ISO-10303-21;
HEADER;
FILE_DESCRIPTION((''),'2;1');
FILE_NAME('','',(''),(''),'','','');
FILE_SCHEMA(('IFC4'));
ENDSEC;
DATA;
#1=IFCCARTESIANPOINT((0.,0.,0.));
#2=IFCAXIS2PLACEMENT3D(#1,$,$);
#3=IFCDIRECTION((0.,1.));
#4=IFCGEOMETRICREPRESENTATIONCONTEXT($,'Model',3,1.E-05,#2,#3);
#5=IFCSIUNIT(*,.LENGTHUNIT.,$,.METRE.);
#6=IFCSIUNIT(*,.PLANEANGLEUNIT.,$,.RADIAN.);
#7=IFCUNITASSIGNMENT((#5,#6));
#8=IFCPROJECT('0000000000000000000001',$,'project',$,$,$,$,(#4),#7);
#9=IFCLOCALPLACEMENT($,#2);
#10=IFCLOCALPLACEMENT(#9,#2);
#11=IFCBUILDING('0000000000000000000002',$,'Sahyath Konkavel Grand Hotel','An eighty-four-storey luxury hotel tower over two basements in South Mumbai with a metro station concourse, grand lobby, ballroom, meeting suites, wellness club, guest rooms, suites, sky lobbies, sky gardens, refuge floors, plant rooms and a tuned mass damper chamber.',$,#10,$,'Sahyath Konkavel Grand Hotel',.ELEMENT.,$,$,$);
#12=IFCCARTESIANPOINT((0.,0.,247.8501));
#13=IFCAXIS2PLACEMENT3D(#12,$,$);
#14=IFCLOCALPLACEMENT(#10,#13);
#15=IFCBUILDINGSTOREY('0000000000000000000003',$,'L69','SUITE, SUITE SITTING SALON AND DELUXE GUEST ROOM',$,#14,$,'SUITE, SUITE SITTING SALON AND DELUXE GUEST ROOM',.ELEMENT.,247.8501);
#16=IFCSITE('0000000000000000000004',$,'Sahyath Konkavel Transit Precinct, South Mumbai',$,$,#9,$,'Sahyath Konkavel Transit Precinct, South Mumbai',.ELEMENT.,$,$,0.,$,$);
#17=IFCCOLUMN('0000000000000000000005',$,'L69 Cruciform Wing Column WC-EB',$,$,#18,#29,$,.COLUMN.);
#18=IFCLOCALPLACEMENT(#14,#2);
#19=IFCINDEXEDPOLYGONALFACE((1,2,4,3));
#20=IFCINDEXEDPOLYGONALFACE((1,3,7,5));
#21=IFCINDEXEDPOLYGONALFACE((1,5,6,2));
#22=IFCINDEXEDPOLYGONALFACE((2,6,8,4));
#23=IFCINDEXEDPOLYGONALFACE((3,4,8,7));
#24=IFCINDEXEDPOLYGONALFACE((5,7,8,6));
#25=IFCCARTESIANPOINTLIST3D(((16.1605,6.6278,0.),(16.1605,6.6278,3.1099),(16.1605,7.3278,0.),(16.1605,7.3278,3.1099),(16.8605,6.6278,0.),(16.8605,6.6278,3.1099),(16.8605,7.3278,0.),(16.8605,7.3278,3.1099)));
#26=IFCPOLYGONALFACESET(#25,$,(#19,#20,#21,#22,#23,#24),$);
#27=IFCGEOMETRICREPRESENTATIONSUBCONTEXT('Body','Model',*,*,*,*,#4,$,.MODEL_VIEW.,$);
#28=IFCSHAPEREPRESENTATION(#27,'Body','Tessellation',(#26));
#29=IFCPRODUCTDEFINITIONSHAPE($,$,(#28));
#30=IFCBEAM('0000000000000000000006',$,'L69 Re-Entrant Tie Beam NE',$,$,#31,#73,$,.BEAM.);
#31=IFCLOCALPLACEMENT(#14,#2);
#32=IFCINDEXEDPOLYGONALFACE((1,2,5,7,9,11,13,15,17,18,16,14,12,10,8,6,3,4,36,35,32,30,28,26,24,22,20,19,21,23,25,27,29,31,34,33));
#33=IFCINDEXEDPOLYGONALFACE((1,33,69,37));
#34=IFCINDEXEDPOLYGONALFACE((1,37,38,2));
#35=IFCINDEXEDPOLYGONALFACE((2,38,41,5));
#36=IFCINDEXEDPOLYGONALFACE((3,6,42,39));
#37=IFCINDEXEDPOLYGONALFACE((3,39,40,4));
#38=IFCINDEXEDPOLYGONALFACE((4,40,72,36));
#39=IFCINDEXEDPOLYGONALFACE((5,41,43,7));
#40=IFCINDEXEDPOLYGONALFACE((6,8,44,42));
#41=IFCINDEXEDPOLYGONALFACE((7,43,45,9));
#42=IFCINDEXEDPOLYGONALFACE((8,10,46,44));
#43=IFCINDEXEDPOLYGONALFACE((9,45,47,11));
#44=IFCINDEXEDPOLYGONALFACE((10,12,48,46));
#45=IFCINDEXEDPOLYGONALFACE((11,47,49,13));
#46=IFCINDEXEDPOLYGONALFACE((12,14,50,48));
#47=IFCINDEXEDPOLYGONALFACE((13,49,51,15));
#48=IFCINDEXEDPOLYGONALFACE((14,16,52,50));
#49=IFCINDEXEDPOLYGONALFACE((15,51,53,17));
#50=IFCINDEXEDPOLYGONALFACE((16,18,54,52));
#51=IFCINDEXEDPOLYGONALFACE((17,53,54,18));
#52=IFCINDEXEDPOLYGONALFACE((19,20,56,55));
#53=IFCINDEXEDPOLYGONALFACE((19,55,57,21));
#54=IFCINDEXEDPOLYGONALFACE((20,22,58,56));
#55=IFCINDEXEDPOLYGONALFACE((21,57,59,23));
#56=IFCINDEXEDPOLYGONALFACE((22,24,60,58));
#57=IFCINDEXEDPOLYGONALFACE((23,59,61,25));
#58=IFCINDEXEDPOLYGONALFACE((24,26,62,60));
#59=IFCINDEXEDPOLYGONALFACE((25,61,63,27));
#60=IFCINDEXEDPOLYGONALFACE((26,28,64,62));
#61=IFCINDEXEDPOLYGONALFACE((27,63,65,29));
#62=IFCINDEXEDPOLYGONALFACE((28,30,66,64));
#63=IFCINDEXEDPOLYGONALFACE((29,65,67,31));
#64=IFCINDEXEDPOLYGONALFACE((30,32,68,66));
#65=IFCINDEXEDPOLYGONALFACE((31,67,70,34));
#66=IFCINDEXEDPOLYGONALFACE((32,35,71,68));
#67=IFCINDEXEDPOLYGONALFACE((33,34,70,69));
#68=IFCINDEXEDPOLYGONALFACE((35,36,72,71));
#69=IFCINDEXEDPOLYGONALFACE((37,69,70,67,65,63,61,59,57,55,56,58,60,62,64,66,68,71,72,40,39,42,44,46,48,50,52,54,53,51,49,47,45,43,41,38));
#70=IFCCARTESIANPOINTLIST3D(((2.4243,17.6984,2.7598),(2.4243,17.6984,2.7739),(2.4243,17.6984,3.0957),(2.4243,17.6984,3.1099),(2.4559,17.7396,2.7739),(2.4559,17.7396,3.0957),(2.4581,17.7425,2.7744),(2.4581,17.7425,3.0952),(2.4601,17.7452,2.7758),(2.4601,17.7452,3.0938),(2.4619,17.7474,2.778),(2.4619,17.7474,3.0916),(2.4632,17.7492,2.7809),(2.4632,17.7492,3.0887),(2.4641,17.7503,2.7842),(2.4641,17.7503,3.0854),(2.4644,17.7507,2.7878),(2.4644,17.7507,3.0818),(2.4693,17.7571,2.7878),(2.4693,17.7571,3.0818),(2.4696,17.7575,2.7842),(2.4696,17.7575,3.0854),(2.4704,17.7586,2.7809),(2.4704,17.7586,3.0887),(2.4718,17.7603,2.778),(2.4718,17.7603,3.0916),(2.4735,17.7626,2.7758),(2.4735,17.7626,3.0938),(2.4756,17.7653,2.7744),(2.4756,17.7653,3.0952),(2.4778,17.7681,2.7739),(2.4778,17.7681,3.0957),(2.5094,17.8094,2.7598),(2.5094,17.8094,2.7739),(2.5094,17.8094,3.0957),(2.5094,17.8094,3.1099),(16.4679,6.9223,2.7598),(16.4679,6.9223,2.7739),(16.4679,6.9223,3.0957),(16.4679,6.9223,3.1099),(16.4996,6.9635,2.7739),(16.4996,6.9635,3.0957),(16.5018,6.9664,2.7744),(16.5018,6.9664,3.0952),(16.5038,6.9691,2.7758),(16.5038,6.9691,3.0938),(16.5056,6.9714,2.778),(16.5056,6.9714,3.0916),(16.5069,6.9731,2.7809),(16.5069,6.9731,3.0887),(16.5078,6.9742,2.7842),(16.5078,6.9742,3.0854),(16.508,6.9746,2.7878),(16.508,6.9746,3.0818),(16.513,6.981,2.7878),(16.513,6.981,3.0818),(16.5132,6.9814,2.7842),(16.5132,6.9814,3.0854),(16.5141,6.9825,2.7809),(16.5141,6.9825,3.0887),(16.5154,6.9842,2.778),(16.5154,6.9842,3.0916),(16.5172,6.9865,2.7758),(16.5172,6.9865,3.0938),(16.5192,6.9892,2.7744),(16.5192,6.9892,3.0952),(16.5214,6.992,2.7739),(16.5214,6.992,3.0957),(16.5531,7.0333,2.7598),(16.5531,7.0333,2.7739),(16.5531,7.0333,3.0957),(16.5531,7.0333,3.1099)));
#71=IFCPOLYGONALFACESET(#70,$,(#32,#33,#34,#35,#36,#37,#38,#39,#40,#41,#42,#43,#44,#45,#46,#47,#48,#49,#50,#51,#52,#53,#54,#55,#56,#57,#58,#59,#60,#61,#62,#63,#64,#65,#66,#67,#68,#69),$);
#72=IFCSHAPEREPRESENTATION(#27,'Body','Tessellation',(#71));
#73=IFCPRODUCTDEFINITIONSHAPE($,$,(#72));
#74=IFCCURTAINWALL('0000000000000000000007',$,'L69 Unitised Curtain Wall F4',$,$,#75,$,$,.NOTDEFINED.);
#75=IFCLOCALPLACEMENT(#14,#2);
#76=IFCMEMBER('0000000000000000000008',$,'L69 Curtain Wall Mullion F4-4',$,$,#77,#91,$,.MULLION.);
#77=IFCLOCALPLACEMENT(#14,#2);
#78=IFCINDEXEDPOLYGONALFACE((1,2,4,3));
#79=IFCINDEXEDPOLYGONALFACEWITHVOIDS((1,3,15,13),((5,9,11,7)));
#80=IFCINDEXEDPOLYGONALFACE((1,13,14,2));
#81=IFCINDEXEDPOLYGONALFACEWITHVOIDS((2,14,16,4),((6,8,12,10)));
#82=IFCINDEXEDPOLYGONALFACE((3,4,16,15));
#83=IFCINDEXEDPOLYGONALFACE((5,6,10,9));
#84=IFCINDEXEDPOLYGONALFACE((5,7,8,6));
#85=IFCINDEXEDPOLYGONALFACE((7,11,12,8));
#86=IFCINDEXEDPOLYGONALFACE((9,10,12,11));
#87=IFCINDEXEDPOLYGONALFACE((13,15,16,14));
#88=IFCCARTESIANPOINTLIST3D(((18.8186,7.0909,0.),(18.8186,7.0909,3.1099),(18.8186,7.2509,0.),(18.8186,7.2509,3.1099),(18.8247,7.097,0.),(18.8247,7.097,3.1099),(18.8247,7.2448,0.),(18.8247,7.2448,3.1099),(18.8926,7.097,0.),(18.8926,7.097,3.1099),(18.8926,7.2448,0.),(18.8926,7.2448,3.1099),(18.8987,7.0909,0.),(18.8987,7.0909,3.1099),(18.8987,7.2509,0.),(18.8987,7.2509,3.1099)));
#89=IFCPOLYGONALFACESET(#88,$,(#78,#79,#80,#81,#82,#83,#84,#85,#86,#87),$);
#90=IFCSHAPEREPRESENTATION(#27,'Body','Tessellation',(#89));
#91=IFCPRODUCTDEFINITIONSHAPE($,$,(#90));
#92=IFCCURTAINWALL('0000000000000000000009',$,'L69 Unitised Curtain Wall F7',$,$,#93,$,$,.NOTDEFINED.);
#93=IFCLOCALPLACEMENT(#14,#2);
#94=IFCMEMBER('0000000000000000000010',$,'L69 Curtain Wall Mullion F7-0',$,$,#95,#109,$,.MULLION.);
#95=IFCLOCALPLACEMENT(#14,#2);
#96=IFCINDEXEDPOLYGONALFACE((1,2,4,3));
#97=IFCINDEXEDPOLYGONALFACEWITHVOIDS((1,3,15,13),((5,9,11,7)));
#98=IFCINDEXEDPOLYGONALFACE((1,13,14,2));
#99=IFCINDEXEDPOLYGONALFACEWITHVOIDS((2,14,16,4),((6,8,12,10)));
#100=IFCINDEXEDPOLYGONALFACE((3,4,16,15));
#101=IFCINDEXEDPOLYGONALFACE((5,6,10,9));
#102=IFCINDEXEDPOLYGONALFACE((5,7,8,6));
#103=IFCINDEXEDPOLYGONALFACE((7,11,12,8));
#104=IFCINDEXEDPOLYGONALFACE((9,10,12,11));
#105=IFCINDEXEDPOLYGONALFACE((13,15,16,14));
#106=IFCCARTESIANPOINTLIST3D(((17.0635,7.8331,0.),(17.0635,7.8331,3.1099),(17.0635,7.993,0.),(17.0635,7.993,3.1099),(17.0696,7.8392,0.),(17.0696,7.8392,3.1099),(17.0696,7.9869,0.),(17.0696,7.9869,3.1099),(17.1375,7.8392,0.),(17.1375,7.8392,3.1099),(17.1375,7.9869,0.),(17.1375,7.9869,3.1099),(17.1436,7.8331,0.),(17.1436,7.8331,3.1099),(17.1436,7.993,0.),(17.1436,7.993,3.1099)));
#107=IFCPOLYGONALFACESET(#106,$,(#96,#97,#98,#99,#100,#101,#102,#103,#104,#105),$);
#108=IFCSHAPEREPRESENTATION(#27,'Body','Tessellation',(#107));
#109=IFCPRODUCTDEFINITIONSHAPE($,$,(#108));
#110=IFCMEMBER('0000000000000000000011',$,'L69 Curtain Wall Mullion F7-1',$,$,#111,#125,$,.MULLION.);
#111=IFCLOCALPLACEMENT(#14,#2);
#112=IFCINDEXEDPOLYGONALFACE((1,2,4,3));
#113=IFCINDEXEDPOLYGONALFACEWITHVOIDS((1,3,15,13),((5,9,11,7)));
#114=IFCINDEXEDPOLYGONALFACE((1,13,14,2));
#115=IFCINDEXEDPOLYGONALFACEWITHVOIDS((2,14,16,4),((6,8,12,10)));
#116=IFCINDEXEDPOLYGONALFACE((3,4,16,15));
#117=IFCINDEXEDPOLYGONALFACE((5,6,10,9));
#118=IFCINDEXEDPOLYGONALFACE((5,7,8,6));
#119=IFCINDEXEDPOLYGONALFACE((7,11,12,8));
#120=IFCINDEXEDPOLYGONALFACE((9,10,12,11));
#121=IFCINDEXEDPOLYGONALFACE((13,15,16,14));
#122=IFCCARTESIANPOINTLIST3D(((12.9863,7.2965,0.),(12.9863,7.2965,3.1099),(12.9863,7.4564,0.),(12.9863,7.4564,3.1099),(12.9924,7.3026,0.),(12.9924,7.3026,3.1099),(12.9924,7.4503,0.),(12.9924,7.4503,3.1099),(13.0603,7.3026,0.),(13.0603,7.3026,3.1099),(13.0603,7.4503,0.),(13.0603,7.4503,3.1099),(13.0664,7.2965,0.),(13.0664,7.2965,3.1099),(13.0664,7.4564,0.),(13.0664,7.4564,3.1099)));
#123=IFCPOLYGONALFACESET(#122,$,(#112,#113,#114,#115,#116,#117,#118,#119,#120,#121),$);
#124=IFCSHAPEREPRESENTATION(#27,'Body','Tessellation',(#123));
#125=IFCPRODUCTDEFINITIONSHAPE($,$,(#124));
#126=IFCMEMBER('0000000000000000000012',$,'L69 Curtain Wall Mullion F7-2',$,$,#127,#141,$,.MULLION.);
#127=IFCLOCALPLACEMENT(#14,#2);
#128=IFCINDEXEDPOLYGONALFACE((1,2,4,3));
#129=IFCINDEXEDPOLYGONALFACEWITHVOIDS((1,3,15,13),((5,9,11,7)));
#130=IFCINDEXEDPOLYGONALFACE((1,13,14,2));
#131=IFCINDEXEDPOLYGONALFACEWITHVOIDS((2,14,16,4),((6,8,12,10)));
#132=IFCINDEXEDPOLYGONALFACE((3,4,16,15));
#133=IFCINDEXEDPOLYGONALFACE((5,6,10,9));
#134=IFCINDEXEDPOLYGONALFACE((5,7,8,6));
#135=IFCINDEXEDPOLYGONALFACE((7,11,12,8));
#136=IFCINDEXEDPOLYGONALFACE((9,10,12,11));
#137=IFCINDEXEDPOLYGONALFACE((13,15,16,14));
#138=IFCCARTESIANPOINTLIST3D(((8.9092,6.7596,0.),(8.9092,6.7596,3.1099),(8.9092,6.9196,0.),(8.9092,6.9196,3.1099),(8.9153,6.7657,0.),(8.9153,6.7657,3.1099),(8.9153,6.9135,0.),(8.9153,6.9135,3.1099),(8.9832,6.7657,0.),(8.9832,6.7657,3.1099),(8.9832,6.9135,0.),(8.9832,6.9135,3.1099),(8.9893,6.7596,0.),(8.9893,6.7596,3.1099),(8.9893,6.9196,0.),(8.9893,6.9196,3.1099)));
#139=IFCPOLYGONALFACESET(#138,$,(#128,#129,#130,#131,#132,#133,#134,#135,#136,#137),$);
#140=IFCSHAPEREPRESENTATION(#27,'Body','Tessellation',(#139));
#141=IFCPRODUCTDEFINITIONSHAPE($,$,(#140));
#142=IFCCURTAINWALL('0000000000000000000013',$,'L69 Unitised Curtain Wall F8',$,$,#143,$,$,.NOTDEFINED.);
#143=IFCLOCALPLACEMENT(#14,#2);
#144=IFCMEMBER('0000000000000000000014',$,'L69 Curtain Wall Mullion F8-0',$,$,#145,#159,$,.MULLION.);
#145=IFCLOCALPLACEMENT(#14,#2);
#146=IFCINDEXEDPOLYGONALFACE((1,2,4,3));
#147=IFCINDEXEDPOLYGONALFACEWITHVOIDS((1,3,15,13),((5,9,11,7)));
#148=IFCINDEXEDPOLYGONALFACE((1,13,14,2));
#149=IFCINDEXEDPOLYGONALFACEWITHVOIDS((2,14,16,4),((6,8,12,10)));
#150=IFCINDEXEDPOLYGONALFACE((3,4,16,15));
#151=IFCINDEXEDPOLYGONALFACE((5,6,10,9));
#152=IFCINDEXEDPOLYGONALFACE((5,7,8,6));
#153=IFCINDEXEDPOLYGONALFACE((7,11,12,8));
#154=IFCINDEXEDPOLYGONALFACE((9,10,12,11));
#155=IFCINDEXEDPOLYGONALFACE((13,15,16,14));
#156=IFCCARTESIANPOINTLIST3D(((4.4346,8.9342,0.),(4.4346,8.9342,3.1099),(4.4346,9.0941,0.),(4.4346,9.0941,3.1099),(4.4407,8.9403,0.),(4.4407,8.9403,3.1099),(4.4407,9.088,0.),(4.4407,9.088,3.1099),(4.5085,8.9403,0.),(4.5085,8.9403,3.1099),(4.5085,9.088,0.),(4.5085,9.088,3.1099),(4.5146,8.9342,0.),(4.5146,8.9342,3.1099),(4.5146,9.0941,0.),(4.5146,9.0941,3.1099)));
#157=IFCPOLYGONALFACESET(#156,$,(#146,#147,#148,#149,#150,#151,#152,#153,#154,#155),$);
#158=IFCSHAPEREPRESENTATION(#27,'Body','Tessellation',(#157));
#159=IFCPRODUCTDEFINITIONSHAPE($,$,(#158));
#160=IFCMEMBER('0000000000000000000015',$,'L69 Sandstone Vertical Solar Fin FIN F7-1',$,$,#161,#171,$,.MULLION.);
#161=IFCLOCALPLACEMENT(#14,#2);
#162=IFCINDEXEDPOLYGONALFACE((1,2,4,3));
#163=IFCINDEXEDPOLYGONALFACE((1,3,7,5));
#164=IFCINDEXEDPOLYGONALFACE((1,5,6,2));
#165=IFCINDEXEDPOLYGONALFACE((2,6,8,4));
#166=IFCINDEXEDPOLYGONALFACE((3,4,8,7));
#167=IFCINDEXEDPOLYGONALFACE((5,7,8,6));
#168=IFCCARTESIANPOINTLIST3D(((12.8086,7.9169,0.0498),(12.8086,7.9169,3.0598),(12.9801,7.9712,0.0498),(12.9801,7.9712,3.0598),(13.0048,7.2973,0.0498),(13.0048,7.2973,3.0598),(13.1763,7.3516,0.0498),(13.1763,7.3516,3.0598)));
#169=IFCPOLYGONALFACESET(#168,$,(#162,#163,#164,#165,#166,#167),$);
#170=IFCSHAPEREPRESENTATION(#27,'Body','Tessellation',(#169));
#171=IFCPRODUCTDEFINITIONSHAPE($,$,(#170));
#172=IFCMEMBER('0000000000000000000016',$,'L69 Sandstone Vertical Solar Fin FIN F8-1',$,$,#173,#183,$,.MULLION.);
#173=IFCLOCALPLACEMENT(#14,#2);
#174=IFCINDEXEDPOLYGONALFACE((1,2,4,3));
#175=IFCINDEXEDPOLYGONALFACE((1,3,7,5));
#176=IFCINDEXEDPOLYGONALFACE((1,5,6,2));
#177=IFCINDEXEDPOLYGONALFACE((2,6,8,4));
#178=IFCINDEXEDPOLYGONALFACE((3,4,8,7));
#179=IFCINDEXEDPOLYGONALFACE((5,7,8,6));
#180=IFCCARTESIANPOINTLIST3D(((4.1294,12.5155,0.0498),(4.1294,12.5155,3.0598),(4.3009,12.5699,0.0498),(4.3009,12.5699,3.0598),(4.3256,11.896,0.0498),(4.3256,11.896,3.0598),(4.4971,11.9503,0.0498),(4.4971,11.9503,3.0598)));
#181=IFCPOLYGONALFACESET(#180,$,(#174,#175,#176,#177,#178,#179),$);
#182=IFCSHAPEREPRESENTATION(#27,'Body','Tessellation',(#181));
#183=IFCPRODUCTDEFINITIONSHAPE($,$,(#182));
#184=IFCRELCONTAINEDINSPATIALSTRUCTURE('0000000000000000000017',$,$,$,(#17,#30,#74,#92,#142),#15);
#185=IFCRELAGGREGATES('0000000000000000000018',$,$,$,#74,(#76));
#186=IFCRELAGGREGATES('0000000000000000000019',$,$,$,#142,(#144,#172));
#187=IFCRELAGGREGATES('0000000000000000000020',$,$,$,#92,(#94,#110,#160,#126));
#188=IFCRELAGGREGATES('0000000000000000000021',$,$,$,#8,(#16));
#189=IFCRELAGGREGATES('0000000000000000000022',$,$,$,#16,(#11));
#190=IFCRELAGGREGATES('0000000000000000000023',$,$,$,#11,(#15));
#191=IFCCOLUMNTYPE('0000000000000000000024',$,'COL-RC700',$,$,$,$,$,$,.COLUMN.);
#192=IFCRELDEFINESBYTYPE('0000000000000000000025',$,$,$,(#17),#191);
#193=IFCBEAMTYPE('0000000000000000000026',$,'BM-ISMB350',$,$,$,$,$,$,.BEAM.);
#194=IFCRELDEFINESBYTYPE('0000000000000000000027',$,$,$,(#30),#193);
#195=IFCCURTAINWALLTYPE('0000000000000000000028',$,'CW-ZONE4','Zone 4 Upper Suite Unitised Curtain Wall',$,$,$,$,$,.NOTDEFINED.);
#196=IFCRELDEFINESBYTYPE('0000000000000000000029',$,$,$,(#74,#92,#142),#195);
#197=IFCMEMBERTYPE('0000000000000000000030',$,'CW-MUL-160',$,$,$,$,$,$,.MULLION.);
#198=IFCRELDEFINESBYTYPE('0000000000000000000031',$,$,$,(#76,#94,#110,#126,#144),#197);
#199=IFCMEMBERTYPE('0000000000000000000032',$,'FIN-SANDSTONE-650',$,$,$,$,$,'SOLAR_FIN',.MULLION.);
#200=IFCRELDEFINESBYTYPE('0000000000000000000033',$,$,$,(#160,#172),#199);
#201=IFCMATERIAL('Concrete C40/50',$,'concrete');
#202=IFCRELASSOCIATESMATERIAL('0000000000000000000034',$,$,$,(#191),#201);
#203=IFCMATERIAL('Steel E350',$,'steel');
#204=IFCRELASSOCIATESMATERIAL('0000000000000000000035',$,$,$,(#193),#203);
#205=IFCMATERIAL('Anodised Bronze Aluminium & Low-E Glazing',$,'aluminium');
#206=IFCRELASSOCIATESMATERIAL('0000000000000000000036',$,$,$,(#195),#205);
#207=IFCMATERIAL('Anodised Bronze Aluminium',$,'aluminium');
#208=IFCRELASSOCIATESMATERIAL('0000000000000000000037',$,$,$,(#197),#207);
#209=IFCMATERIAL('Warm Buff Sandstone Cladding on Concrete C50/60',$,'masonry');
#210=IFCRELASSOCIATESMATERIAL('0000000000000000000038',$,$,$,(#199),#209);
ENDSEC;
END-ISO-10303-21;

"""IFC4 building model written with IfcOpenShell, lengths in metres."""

from ifc_helpers import new_model, si_unit, direction, frame, origin, origin_2d, place, context, subcontext, project, spatial, rectangle, hollow_rectangle, i_section, extrude, source, transform, mapped, material, material_profile, profile_set, type_object, element, aggregate, save


model = new_model("IFC4")

# Units and contexts
model_context = context("Model", 3, precision=1e-05, world=origin(), true_north=direction((0.0, 1.0)))
body_context = subcontext(model_context, "Body", "Model", "MODEL_VIEW")
ifc_project = project(units=[si_unit("LENGTHUNIT", "METRE"), si_unit("PLANEANGLEUNIT", "RADIAN")], contexts=[model_context])

# Site, building, storey
site_placement = place(None, origin())
site = spatial("IfcSite", under=ifc_project, at=site_placement, Name="Sahyath Konkavel Transit Precinct, South Mumbai", LongName="Sahyath Konkavel Transit Precinct, South Mumbai", CompositionType="ELEMENT", RefElevation=0.0)
building_placement = place(site_placement, origin())
building = spatial("IfcBuilding", under=site, at=building_placement, Name="Sahyath Konkavel Grand Hotel", Description="An eighty-four-storey luxury hotel tower over two basements in South Mumbai with a metro station concourse, grand lobby, ballroom, meeting suites, wellness club, guest rooms, suites, sky lobbies, sky gardens, refuge floors, plant rooms and a tuned mass damper chamber.", LongName="Sahyath Konkavel Grand Hotel", CompositionType="ELEMENT")
storey_placement = place(building_placement, frame((0.0, 0.0, 247.8501)))
storey = spatial("IfcBuildingStorey", under=building, at=storey_placement, Name="L69", Description="SUITE, SUITE SITTING SALON AND DELUXE GUEST ROOM", LongName="SUITE, SUITE SITTING SALON AND DELUXE GUEST ROOM", CompositionType="ELEMENT", Elevation=247.8501)

# Column
ifc_material_1 = material(Name="Concrete C40/50", Category="concrete")
ifc_material_profile_1 = material_profile(ifc_material_1, rectangle(XDim=0.7, YDim=0.7, at=origin_2d()), Name="RC 700x700")
ifc_profile_set_1 = profile_set([ifc_material_profile_1], Name="Concrete C40/50")
column_type = type_object("IfcColumnType", Name="COL-RC700", PredefinedType="COLUMN", material=ifc_profile_set_1)
shared_shape_1 = source(origin(), body_context, "Body", "SweptSolid", [
    extrude(rectangle(XDim=0.7, YDim=0.7, at=origin_2d()), origin(), (0.0, 0.0, 1.0), 3.1099),
])
column_placement = place(storey_placement, frame((16.5105, 6.9778, 0.0), z_axis=(0.0, 0.0, 1.0), x_axis=(1.0, 0.0, 0.0)))
element("IfcColumn", 1, at=column_placement, inside=storey, type_object=column_type, Name="L69 Cruciform Wing Column WC-EB", PredefinedType="COLUMN", context=body_context, shape_type="MappedRepresentation", body=[
    mapped(shared_shape_1, transform((0.0, 0.0, 0.0), scale=1.0)),
])

# Beam
ifc_material_2 = material(Name="Steel E350", Category="steel")
ifc_material_profile_2 = material_profile(ifc_material_2, i_section(OverallWidth=0.1399, OverallDepth=0.3501, WebThickness=0.0081, FlangeThickness=0.0142, FilletRadius=0.0139, at=origin_2d()), Name="ISMB 350")
ifc_profile_set_2 = profile_set([ifc_material_profile_2], Name="Steel E350")
beam_type = type_object("IfcBeamType", Name="BM-ISMB350", PredefinedType="BEAM", material=ifc_profile_set_2)
shared_shape_2 = source(origin(), body_context, "Body", "SweptSolid", [
    extrude(i_section(OverallWidth=0.1399, OverallDepth=0.3501, WebThickness=0.0081, FlangeThickness=0.0142, FilletRadius=0.0139, at=origin_2d()), origin(), (0.0, 0.0, 1.0), 17.7017),
])
beam_placement = place(storey_placement, frame((16.5105, 6.9778, 2.9348), z_axis=(-0.793353, 0.608762, 0.0), x_axis=(-0.608762, -0.793353, 0.0)))
element("IfcBeam", 2, at=beam_placement, inside=storey, type_object=beam_type, Name="L69 Re-Entrant Tie Beam NE", PredefinedType="BEAM", context=body_context, shape_type="MappedRepresentation", body=[
    mapped(shared_shape_2, transform((0.0, 0.0, 0.0), scale=1.0)),
])

# Curtain wall, member
ifc_material_3 = material(Name="Anodised Bronze Aluminium & Low-E Glazing", Category="aluminium")
curtain_wall_type = type_object("IfcCurtainWallType", Name="CW-ZONE4", Description="Zone 4 Upper Suite Unitised Curtain Wall", PredefinedType="NOTDEFINED", material=ifc_material_3)
curtain_wall_1_placement = place(storey_placement, origin())
curtain_wall_1 = element("IfcCurtainWall", 3, at=curtain_wall_1_placement, inside=storey, type_object=curtain_wall_type, Name="L69 Unitised Curtain Wall F4", PredefinedType="NOTDEFINED")
ifc_material_4 = material(Name="Anodised Bronze Aluminium", Category="aluminium")
ifc_material_profile_3 = material_profile(ifc_material_4, hollow_rectangle(XDim=0.0801, YDim=0.1599, WallThickness=0.0061, at=origin_2d()), Name="RHS 160x80x6")
ifc_profile_set_3 = profile_set([ifc_material_profile_3], Name="Anodised Bronze Aluminium")
member_type_1 = type_object("IfcMemberType", Name="CW-MUL-160", PredefinedType="MULLION", material=ifc_profile_set_3)
shared_shape_3 = source(origin(), body_context, "Body", "SweptSolid", [
    extrude(hollow_rectangle(XDim=0.0801, YDim=0.1599, WallThickness=0.0061, at=origin_2d()), origin(), (0.0, 0.0, 1.0), 3.1099),
])
member_1_placement = place(storey_placement, frame((18.8586, 7.1709, 0.0), z_axis=(0.0, 0.0, 1.0), x_axis=(1.0, 0.0, 0.0)))
member_1 = element("IfcMember", 4, at=member_1_placement, type_object=member_type_1, Name="L69 Curtain Wall Mullion F4-4", PredefinedType="MULLION", context=body_context, shape_type="MappedRepresentation", body=[
    mapped(shared_shape_3, transform((0.0, 0.0, 0.0), scale=1.0)),
])
aggregate(curtain_wall_1, [member_1])

# Curtain wall, members
curtain_wall_2_placement = place(storey_placement, origin())
curtain_wall_2 = element("IfcCurtainWall", 5, at=curtain_wall_2_placement, inside=storey, type_object=curtain_wall_type, Name="L69 Unitised Curtain Wall F7", PredefinedType="NOTDEFINED")
member_2_placement = place(storey_placement, frame((17.1035, 7.9131, 0.0), z_axis=(0.0, 0.0, 1.0), x_axis=(1.0, 0.0, 0.0)))
member_2 = element("IfcMember", 6, at=member_2_placement, type_object=member_type_1, Name="L69 Curtain Wall Mullion F7-0", PredefinedType="MULLION", context=body_context, shape_type="MappedRepresentation", body=[
    mapped(shared_shape_3, transform((0.0, 0.0, 0.0), scale=1.0)),
])
member_3_placement = place(storey_placement, frame((13.0264, 7.3765, 0.0), z_axis=(0.0, 0.0, 1.0), x_axis=(1.0, 0.0, 0.0)))
member_3 = element("IfcMember", 7, at=member_3_placement, type_object=member_type_1, Name="L69 Curtain Wall Mullion F7-1", PredefinedType="MULLION", context=body_context, shape_type="MappedRepresentation", body=[
    mapped(shared_shape_3, transform((0.0, 0.0, 0.0), scale=1.0)),
])
member_4_placement = place(storey_placement, frame((8.9492, 6.8396, 0.0), z_axis=(0.0, 0.0, 1.0), x_axis=(1.0, 0.0, 0.0)))
member_4 = element("IfcMember", 8, at=member_4_placement, type_object=member_type_1, Name="L69 Curtain Wall Mullion F7-2", PredefinedType="MULLION", context=body_context, shape_type="MappedRepresentation", body=[
    mapped(shared_shape_3, transform((0.0, 0.0, 0.0), scale=1.0)),
])

# Curtain wall, member
curtain_wall_3_placement = place(storey_placement, origin())
curtain_wall_3 = element("IfcCurtainWall", 9, at=curtain_wall_3_placement, inside=storey, type_object=curtain_wall_type, Name="L69 Unitised Curtain Wall F8", PredefinedType="NOTDEFINED")
member_5_placement = place(storey_placement, frame((4.4746, 9.0142, 0.0), z_axis=(0.0, 0.0, 1.0), x_axis=(1.0, 0.0, 0.0)))
member_5 = element("IfcMember", 10, at=member_5_placement, type_object=member_type_1, Name="L69 Curtain Wall Mullion F8-0", PredefinedType="MULLION", context=body_context, shape_type="MappedRepresentation", body=[
    mapped(shared_shape_3, transform((0.0, 0.0, 0.0), scale=1.0)),
])

# Members
ifc_material_5 = material(Name="Warm Buff Sandstone Cladding on Concrete C50/60", Category="masonry")
ifc_material_profile_4 = material_profile(ifc_material_5, rectangle(XDim=0.1799, YDim=0.6499, at=origin_2d()), Name="FIN 180x650")
ifc_profile_set_4 = profile_set([ifc_material_profile_4], Name="Warm Buff Sandstone Cladding on Concrete C50/60")
member_type_2 = type_object("IfcMemberType", Name="FIN-SANDSTONE-650", ElementType="SOLAR_FIN", PredefinedType="MULLION", material=ifc_profile_set_4)
shared_shape_4 = source(origin(), body_context, "Body", "SweptSolid", [
    extrude(rectangle(XDim=0.1799, YDim=0.6499, at=origin_2d()), origin(), (0.0, 0.0, 1.0), 3.01),
])
member_6_placement = place(storey_placement, frame((12.9924, 7.6343, 0.0498), z_axis=(0.0, 0.0, 1.0), x_axis=(0.953349, 0.301871, 0.0)))
member_6 = element("IfcMember", 11, at=member_6_placement, type_object=member_type_2, Name="L69 Sandstone Vertical Solar Fin FIN F7-1", PredefinedType="MULLION", context=body_context, shape_type="MappedRepresentation", body=[
    mapped(shared_shape_4, transform((0.0, 0.0, 0.0), scale=1.0)),
])
member_7_placement = place(storey_placement, frame((4.3132, 12.2329, 0.0498), z_axis=(0.0, 0.0, 1.0), x_axis=(0.953349, 0.301871, 0.0)))
member_7 = element("IfcMember", 12, at=member_7_placement, type_object=member_type_2, Name="L69 Sandstone Vertical Solar Fin FIN F8-1", PredefinedType="MULLION", context=body_context, shape_type="MappedRepresentation", body=[
    mapped(shared_shape_4, transform((0.0, 0.0, 0.0), scale=1.0)),
])

aggregate(curtain_wall_3, [member_5, member_7])
aggregate(curtain_wall_2, [member_2, member_3, member_6, member_4])

save(model, "model.ifc")
